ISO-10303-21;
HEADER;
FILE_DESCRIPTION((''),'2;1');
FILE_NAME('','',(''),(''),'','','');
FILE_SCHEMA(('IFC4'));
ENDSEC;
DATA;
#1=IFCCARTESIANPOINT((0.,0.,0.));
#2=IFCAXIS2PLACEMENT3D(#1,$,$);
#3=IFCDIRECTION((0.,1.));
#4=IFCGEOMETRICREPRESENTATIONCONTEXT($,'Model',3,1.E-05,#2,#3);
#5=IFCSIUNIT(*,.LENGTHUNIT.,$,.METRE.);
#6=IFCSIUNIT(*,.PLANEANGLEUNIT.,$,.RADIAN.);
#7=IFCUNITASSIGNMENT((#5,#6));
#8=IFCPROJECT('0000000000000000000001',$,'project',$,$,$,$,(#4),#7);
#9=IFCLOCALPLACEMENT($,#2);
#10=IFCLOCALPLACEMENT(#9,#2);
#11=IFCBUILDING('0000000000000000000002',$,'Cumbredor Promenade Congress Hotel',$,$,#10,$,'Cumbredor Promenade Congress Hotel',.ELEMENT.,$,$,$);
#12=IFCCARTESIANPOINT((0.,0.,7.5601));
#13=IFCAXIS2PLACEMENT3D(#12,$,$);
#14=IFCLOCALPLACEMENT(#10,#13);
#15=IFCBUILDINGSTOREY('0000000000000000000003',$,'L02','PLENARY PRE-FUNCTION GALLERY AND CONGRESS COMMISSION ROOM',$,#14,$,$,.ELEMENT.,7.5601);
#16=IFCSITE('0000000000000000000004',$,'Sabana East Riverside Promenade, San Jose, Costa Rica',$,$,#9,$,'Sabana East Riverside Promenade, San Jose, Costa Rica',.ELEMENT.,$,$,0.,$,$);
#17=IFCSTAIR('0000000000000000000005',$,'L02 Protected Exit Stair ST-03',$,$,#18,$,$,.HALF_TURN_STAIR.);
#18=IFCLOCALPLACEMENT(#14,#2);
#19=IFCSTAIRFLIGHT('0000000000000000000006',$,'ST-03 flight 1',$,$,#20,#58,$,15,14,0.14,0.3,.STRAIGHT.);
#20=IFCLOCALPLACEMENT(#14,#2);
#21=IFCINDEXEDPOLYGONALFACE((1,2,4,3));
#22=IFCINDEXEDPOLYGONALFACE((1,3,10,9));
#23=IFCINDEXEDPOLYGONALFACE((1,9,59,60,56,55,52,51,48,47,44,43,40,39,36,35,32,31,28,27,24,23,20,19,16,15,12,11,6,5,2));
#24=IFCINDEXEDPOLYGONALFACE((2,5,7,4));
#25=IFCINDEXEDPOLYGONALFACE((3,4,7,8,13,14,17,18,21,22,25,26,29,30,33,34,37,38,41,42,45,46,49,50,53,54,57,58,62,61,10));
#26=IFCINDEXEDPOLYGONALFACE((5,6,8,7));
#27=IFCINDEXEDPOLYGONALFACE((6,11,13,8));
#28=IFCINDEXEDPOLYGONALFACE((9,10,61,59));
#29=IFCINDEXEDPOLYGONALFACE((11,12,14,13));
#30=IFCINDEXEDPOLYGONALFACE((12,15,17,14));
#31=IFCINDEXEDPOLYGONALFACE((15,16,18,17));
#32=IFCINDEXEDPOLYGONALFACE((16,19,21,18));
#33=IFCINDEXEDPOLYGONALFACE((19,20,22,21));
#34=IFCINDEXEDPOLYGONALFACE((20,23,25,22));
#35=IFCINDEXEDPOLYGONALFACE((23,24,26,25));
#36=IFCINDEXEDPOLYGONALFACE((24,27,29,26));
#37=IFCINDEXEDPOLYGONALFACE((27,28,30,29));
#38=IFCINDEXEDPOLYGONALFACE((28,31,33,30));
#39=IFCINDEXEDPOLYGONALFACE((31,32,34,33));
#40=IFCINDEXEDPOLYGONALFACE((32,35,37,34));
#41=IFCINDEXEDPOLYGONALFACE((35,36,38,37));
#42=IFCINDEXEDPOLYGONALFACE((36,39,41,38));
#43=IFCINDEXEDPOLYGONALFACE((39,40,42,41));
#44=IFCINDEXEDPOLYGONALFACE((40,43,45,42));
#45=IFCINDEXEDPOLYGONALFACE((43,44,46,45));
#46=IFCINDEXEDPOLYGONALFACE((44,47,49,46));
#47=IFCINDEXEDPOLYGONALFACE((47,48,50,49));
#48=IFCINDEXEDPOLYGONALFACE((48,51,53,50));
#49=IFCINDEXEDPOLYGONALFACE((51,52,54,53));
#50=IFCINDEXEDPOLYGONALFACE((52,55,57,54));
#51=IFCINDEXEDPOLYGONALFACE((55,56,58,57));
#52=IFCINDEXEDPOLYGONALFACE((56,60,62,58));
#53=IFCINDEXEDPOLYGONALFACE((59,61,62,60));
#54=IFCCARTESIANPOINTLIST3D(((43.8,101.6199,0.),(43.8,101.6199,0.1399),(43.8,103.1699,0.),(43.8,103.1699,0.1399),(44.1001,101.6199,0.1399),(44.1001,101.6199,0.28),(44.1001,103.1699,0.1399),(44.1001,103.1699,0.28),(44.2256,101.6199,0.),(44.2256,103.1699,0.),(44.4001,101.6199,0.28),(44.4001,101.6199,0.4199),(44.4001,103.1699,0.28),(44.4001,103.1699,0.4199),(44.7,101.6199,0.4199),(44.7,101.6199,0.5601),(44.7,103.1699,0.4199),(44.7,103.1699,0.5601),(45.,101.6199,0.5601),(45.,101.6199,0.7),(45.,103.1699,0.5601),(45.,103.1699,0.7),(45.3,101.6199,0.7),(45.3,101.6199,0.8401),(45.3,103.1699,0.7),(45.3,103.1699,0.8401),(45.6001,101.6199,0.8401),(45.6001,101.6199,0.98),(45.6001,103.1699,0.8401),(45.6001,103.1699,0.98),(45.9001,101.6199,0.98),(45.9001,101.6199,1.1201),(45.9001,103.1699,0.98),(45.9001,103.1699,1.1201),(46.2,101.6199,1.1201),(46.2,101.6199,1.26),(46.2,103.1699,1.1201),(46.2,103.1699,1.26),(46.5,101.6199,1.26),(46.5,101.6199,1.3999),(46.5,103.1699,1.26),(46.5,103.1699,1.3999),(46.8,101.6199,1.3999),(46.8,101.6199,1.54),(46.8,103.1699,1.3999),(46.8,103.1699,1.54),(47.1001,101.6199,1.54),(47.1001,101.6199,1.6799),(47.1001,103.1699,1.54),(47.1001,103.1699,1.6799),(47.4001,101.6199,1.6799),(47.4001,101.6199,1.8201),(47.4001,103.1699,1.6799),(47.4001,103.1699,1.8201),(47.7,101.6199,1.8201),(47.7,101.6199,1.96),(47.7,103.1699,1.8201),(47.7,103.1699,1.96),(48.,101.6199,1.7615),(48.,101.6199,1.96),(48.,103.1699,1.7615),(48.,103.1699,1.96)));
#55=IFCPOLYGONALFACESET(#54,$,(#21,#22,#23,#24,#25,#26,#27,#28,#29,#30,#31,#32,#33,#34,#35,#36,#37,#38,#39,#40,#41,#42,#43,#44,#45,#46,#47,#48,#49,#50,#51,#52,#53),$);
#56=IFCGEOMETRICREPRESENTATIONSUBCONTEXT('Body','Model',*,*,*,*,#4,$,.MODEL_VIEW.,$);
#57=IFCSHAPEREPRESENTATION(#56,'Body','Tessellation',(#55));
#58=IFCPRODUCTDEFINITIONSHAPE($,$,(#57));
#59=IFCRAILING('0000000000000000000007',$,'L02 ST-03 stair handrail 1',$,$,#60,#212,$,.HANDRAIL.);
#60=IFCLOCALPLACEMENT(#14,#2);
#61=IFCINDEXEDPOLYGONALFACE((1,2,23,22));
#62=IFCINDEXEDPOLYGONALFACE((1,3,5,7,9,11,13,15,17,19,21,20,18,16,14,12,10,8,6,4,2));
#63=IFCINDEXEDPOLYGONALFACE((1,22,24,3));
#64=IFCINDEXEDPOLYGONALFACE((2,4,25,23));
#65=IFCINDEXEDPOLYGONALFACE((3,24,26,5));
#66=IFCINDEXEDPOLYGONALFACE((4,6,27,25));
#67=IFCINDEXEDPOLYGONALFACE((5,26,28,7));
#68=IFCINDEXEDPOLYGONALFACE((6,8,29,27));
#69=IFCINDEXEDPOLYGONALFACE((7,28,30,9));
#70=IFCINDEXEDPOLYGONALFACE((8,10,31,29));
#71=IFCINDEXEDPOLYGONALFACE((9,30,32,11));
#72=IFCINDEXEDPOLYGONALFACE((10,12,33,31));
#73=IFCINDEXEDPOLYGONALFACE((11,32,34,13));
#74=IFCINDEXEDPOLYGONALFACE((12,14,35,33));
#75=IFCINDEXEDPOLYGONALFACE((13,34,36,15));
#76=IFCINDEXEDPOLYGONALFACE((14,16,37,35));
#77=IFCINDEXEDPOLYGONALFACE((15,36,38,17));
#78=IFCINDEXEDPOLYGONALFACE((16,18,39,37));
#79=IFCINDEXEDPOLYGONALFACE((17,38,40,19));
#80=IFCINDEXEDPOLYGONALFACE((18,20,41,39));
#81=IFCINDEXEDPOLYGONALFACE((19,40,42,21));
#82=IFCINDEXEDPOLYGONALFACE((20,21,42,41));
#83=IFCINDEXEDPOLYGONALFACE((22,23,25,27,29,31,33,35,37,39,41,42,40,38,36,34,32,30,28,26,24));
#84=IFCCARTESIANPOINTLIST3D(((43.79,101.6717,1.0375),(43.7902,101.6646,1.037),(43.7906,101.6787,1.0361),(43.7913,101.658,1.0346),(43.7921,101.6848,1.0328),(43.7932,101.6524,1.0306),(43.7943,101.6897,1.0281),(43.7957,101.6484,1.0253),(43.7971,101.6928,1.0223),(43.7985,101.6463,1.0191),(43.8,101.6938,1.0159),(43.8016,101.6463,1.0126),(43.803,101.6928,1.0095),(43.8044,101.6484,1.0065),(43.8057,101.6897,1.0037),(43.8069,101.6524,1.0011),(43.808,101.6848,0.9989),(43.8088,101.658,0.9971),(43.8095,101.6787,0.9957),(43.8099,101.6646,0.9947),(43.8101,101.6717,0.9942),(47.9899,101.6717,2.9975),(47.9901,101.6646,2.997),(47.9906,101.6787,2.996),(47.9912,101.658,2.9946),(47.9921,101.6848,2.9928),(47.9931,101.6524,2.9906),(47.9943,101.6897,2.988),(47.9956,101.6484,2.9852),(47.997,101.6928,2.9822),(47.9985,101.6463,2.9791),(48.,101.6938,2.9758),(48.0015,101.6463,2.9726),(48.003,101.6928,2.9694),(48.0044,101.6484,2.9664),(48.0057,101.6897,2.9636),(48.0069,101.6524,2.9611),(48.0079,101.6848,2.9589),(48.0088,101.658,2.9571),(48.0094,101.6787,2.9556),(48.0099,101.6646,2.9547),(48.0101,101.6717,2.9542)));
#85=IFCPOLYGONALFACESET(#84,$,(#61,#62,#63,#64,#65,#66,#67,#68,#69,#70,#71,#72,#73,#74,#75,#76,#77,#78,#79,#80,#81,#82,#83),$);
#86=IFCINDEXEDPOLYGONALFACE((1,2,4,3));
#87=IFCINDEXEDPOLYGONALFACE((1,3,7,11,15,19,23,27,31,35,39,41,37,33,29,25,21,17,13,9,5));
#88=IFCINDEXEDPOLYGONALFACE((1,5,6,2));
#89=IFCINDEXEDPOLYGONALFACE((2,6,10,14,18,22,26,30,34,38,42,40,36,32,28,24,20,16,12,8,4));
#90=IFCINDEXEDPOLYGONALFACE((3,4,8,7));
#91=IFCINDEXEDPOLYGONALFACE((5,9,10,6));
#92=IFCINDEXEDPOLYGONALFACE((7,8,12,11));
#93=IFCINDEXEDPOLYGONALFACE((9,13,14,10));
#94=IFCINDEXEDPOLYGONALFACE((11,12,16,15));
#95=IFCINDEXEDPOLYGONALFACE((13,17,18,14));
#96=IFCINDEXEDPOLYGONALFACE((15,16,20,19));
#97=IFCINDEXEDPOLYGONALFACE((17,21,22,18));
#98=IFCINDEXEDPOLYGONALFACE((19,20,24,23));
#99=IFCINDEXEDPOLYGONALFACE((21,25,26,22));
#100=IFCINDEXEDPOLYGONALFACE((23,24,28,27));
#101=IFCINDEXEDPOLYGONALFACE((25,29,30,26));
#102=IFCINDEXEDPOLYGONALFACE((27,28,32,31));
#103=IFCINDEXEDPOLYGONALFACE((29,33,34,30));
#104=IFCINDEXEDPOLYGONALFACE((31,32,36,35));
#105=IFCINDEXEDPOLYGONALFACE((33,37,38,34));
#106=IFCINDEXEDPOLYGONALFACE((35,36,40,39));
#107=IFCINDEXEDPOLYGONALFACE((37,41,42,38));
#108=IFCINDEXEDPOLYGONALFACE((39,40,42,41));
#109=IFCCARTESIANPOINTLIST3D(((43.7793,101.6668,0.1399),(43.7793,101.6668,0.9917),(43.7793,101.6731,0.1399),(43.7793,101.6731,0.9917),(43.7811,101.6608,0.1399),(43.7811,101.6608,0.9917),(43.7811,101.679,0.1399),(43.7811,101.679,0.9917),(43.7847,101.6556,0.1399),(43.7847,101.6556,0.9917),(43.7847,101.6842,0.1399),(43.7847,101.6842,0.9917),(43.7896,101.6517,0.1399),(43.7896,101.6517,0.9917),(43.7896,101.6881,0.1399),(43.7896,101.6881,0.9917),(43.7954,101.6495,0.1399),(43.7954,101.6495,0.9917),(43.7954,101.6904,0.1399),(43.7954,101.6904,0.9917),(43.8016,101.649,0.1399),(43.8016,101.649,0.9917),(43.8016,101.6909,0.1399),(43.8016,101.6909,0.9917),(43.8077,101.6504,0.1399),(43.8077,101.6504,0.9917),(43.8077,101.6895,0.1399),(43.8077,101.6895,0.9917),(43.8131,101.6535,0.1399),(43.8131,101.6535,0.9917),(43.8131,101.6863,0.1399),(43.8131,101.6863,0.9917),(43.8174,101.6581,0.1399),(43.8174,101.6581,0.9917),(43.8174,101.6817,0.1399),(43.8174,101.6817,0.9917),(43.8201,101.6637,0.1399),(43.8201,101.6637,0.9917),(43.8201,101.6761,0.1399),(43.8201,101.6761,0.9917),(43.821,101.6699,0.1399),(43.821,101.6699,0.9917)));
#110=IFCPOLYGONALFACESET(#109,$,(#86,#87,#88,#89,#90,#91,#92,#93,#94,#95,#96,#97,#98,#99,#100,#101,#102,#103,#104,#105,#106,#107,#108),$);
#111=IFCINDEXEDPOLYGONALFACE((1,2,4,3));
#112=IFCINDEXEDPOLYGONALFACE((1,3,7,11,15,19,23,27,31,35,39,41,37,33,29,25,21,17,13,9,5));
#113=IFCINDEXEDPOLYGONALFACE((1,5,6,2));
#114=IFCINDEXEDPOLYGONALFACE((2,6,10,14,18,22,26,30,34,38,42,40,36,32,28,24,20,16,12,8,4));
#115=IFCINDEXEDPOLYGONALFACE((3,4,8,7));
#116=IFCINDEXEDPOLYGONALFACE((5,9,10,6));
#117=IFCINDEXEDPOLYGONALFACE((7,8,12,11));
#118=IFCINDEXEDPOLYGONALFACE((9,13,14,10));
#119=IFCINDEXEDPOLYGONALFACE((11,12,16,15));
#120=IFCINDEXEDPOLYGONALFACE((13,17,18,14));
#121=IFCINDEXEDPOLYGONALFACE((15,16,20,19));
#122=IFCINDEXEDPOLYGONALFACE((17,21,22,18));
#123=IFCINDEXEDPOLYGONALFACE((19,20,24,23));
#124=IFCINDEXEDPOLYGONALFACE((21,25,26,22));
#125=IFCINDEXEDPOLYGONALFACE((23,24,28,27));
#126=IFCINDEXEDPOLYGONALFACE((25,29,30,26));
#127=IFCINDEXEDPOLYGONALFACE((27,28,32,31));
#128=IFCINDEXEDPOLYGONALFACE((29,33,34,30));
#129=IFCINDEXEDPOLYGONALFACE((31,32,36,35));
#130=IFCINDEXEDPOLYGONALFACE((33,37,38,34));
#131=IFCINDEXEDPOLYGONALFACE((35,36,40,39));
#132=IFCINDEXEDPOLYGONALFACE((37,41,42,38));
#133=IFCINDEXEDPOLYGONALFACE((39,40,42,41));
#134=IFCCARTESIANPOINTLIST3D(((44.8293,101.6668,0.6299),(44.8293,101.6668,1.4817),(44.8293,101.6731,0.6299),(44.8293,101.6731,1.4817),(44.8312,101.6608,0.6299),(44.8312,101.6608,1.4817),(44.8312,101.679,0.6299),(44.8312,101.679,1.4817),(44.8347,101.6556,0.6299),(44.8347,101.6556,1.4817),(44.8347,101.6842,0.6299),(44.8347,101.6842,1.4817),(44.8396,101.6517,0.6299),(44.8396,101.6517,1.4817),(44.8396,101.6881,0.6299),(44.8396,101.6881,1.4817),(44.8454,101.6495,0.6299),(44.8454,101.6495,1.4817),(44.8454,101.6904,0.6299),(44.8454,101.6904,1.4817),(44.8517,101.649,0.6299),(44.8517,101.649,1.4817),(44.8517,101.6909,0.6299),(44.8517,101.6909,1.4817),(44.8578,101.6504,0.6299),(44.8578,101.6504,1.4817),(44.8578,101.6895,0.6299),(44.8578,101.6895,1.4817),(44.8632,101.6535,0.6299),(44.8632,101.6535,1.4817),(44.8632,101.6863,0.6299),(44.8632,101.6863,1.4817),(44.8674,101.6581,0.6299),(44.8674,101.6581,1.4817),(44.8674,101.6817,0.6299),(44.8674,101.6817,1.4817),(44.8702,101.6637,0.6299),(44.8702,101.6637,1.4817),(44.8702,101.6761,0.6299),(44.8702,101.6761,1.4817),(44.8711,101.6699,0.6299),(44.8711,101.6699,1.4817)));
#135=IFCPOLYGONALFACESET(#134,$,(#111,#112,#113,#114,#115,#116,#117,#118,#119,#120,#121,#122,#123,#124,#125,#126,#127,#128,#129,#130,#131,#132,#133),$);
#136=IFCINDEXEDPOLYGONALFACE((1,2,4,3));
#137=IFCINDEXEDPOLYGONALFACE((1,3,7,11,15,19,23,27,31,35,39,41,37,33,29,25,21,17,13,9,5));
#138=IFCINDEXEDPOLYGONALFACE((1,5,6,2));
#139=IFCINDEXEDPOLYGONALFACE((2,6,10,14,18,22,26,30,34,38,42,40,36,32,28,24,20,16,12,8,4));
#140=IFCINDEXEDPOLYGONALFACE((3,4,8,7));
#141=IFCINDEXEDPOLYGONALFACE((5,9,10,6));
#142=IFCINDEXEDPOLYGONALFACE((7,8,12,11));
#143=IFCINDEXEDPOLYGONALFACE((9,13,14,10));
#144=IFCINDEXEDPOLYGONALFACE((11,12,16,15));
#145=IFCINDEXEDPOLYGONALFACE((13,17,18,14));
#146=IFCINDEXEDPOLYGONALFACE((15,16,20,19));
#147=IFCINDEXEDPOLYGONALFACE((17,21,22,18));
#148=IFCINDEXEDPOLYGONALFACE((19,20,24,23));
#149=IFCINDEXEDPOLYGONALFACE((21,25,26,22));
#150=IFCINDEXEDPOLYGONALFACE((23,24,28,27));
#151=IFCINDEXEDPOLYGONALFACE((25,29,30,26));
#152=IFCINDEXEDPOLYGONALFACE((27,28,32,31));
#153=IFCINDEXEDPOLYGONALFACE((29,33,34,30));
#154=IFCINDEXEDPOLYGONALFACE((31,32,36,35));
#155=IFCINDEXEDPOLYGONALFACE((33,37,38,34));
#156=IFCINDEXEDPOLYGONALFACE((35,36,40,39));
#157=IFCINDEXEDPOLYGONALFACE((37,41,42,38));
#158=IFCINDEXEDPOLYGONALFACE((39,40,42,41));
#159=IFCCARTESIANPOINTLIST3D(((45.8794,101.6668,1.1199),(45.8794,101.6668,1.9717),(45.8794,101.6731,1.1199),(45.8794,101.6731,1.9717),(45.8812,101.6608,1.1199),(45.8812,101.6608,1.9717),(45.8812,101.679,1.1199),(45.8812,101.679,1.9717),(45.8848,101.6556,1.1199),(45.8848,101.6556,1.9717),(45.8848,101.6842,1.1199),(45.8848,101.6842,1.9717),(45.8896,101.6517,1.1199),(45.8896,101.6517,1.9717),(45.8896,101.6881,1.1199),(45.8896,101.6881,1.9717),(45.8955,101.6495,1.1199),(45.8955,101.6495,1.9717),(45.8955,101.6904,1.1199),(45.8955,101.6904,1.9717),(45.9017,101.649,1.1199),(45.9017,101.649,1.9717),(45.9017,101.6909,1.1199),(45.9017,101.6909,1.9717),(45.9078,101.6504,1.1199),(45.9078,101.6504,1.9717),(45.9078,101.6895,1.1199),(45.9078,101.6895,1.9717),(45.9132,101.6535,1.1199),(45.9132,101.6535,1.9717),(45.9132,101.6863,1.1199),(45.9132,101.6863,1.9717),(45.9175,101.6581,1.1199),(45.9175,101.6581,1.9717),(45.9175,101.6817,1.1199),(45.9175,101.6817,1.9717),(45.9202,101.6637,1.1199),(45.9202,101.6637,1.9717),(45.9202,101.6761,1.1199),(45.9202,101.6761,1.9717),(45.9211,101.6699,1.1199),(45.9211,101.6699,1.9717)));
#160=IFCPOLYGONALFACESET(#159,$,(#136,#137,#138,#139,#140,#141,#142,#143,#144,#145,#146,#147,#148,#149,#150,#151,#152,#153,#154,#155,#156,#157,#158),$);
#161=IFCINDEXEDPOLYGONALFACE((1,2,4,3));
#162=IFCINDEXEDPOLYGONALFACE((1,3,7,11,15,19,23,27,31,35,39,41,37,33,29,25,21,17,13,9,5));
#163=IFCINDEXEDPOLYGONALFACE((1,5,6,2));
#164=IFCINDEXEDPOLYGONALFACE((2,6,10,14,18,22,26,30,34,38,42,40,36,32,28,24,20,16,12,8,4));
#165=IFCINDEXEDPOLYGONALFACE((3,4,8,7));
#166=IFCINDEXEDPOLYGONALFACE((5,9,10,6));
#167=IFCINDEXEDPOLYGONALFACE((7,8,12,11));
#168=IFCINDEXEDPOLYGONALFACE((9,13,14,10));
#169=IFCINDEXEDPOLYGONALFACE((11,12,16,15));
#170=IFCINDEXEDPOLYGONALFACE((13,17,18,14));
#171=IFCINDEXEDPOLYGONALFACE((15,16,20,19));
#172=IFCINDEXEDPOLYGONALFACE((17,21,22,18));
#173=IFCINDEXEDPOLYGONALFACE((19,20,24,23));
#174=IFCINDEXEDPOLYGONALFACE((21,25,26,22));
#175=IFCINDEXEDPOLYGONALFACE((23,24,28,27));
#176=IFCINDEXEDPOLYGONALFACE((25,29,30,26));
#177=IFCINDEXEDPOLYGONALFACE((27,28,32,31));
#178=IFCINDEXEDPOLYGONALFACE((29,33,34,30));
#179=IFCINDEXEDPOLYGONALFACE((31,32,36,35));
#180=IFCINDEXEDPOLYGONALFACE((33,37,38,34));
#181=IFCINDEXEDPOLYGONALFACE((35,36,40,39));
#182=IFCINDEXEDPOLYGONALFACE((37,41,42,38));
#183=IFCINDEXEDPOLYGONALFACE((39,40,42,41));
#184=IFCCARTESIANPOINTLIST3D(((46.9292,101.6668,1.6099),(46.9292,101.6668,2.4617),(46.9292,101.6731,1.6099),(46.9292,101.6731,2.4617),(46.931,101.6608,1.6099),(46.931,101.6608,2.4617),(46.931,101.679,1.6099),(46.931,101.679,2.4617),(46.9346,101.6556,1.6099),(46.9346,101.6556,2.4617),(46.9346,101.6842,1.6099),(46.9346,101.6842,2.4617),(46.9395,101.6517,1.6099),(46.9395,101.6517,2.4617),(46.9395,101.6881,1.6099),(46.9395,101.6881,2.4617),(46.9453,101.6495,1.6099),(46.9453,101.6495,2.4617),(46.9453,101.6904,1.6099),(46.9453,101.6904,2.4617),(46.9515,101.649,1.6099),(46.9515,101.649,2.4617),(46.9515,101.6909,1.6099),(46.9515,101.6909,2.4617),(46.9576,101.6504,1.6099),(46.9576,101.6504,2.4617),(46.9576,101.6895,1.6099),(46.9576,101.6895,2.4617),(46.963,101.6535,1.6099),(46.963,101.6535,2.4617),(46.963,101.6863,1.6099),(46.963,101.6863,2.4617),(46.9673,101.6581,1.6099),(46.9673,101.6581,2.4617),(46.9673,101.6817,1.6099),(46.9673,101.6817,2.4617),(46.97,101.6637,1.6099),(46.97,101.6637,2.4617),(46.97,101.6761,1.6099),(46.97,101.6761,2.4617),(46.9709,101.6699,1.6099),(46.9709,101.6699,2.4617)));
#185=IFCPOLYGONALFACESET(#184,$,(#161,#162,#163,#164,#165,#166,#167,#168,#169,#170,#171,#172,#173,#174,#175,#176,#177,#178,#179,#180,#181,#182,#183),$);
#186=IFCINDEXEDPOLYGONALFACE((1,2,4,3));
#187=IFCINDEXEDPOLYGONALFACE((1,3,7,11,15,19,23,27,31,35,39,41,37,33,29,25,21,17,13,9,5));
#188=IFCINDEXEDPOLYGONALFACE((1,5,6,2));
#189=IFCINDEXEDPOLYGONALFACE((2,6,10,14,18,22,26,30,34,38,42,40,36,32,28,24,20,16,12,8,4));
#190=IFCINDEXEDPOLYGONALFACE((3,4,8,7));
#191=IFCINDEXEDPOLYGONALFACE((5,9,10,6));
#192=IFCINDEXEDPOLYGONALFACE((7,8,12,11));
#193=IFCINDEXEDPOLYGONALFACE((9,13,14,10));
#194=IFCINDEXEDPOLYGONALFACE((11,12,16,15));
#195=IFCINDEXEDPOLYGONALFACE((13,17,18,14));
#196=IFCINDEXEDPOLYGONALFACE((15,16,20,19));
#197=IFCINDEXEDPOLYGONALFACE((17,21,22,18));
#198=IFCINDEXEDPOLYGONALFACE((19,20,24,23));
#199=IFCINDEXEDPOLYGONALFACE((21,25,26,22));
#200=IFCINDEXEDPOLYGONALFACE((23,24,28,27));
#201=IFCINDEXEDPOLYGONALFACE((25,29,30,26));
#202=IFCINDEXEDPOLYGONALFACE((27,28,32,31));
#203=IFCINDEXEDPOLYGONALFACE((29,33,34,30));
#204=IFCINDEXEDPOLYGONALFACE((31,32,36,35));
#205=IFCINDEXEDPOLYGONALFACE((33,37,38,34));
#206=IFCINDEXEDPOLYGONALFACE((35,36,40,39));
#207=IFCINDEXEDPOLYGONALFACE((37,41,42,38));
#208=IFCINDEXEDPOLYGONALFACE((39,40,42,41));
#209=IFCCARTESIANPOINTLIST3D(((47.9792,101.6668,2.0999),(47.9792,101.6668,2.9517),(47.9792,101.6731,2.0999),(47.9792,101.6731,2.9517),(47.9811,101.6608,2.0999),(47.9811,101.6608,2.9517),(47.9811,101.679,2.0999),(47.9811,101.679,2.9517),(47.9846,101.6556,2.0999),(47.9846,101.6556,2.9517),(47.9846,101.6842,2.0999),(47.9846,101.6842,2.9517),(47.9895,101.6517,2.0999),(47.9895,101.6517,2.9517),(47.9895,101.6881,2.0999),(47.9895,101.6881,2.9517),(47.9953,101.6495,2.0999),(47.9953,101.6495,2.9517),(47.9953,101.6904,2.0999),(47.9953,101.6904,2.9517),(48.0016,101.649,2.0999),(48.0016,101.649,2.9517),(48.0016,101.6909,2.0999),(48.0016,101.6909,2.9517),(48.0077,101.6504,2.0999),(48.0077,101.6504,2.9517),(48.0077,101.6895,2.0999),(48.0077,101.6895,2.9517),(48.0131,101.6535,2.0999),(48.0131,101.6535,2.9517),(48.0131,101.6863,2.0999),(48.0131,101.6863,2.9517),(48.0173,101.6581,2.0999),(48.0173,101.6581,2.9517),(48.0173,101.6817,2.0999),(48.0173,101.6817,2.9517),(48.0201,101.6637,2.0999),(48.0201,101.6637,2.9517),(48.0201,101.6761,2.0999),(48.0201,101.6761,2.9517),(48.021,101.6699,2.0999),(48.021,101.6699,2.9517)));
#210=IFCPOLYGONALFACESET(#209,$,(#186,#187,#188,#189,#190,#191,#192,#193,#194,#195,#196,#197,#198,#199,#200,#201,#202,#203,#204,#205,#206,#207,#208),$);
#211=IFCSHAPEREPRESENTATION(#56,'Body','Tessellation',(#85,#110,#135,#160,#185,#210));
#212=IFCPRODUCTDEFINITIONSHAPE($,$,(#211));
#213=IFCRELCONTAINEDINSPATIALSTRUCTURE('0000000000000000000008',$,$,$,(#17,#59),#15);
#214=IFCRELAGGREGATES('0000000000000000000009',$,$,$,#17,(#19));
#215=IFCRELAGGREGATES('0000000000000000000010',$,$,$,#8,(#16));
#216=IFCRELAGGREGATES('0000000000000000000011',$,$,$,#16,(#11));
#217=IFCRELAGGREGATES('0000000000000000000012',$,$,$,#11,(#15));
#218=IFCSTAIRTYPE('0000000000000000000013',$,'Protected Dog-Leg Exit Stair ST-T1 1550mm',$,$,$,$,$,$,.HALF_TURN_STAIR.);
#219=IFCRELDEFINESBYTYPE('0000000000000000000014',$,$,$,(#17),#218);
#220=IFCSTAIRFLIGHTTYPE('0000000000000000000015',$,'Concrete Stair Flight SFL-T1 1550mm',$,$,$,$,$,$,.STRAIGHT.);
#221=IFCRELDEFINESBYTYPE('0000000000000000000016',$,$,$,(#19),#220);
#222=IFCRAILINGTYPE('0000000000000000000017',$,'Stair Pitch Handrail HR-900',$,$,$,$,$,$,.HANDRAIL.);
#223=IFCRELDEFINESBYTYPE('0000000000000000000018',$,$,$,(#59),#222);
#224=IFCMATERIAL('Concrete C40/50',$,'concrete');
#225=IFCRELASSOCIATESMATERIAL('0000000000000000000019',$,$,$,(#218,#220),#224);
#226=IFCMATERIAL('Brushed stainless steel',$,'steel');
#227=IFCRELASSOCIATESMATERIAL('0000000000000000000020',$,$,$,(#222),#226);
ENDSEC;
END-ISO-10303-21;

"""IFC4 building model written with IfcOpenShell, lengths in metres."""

from ifc_helpers import new_model, si_unit, direction, frame, origin, origin_2d, place, context, subcontext, project, spatial, polyline, circle, outline, extrude, material, type_object, element, aggregate, save


model = new_model("IFC4")

# Units and contexts
model_context = context("Model", 3, precision=1e-05, world=origin(), true_north=direction((0.0, 1.0)))
body_context = subcontext(model_context, "Body", "Model", "MODEL_VIEW")
ifc_project = project(units=[si_unit("LENGTHUNIT", "METRE"), si_unit("PLANEANGLEUNIT", "RADIAN")], contexts=[model_context])

# Site, building, storey
site_placement = place(None, origin())
site = spatial("IfcSite", under=ifc_project, at=site_placement, Name="Sabana East Riverside Promenade, San Jose, Costa Rica", LongName="Sabana East Riverside Promenade, San Jose, Costa Rica", CompositionType="ELEMENT", RefElevation=0.0)
building_placement = place(site_placement, origin())
building = spatial("IfcBuilding", under=site, at=building_placement, Name="Cumbredor Promenade Congress Hotel", LongName="Cumbredor Promenade Congress Hotel", CompositionType="ELEMENT")
storey_placement = place(building_placement, frame((0.0, 0.0, 7.5601)))
storey = spatial("IfcBuildingStorey", under=building, at=storey_placement, Name="L02", Description="PLENARY PRE-FUNCTION GALLERY AND CONGRESS COMMISSION ROOM", CompositionType="ELEMENT", Elevation=7.5601)

# Shared definitions
ifc_material_1 = material(Name="Concrete C40/50", Category="concrete")

# Stair, stair flight
stair_type = type_object("IfcStairType", Name="Protected Dog-Leg Exit Stair ST-T1 1550mm", PredefinedType="HALF_TURN_STAIR", material=ifc_material_1)
stair_placement = place(storey_placement, origin())
stair = element("IfcStair", 1, at=stair_placement, inside=storey, type_object=stair_type, Name="L02 Protected Exit Stair ST-03", PredefinedType="HALF_TURN_STAIR")
stair_flight_type = type_object("IfcStairFlightType", Name="Concrete Stair Flight SFL-T1 1550mm", PredefinedType="STRAIGHT", material=ifc_material_1)
stair_flight_placement = place(storey_placement, frame((43.8, 102.395, 0.0), z_axis=(0.0, 0.0, 1.0), x_axis=(1.0, 0.0, 0.0)))
stair_flight = element("IfcStairFlight", 2, at=stair_flight_placement, type_object=stair_flight_type, Name="ST-03 flight 1", NumberOfRisers=15, NumberOfTreads=14, PredefinedType="STRAIGHT", RiserHeight=0.14, TreadLength=0.3, context=body_context, shape_type="SweptSolid", body=[
    extrude(outline(polyline([(0.0, 0.0), (0.0, 0.1399), (0.3, 0.1399), (0.3, 0.28), (0.6001, 0.28), (0.6001, 0.4199), (0.8999, 0.4199), (0.8999, 0.5601), (1.2, 0.5601), (1.2, 0.7), (1.5, 0.7), (1.5, 0.8401), (1.8, 0.8401), (1.8, 0.98), (2.1001, 0.98), (2.1001, 1.1201), (2.3999, 1.1201), (2.3999, 1.26), (2.7, 1.26), (2.7, 1.3999), (3.0, 1.3999), (3.0, 1.54), (3.3, 1.54), (3.3, 1.6799), (3.6001, 1.6799), (3.6001, 1.8201), (3.8999, 1.8201), (3.8999, 1.96), (4.2, 1.96), (4.2, 2.1001), (4.2, 1.7615), (0.4255, 0.0), (0.0, 0.0)])), frame((0.0, 0.7749, 0.0), z_axis=(0.0, -1.0, 0.0), x_axis=(1.0, 0.0, 0.0)), (0.0, 0.0, 1.0), 1.55),
])
aggregate(stair, [stair_flight])

# Railing
ifc_material_2 = material(Name="Brushed stainless steel", Category="steel")
railing_type = type_object("IfcRailingType", Name="Stair Pitch Handrail HR-900", PredefinedType="HANDRAIL", material=ifc_material_2)
railing_placement = place(storey_placement, frame((43.8, 101.6699, 0.1399)))
element("IfcRailing", 3, at=railing_placement, inside=storey, type_object=railing_type, Name="L02 ST-03 stair handrail 1", PredefinedType="HANDRAIL", context=body_context, shape_type="SweptSolid", body=[
    extrude(circle(Radius=0.0239, at=origin_2d()), frame((0.0, 0.0, 0.876), z_axis=(0.906184, 0.0, 0.422883), x_axis=(0.0, 1.0, 0.0)), (0.0, 0.0, 1.0), 4.6348),
    extrude(circle(Radius=0.021, at=origin_2d()), origin(), (0.0, 0.0, 1.0), 0.8518),
    extrude(circle(Radius=0.021, at=origin_2d()), frame((1.05, 0.0, 0.49)), (0.0, 0.0, 1.0), 0.8518),
    extrude(circle(Radius=0.021, at=origin_2d()), frame((2.1001, 0.0, 0.98)), (0.0, 0.0, 1.0), 0.8518),
    extrude(circle(Radius=0.021, at=origin_2d()), frame((3.1499, 0.0, 1.47)), (0.0, 0.0, 1.0), 0.8518),
    extrude(circle(Radius=0.021, at=origin_2d()), frame((4.2, 0.0, 1.96)), (0.0, 0.0, 1.0), 0.8518),
])

save(model, "model.ifc")
